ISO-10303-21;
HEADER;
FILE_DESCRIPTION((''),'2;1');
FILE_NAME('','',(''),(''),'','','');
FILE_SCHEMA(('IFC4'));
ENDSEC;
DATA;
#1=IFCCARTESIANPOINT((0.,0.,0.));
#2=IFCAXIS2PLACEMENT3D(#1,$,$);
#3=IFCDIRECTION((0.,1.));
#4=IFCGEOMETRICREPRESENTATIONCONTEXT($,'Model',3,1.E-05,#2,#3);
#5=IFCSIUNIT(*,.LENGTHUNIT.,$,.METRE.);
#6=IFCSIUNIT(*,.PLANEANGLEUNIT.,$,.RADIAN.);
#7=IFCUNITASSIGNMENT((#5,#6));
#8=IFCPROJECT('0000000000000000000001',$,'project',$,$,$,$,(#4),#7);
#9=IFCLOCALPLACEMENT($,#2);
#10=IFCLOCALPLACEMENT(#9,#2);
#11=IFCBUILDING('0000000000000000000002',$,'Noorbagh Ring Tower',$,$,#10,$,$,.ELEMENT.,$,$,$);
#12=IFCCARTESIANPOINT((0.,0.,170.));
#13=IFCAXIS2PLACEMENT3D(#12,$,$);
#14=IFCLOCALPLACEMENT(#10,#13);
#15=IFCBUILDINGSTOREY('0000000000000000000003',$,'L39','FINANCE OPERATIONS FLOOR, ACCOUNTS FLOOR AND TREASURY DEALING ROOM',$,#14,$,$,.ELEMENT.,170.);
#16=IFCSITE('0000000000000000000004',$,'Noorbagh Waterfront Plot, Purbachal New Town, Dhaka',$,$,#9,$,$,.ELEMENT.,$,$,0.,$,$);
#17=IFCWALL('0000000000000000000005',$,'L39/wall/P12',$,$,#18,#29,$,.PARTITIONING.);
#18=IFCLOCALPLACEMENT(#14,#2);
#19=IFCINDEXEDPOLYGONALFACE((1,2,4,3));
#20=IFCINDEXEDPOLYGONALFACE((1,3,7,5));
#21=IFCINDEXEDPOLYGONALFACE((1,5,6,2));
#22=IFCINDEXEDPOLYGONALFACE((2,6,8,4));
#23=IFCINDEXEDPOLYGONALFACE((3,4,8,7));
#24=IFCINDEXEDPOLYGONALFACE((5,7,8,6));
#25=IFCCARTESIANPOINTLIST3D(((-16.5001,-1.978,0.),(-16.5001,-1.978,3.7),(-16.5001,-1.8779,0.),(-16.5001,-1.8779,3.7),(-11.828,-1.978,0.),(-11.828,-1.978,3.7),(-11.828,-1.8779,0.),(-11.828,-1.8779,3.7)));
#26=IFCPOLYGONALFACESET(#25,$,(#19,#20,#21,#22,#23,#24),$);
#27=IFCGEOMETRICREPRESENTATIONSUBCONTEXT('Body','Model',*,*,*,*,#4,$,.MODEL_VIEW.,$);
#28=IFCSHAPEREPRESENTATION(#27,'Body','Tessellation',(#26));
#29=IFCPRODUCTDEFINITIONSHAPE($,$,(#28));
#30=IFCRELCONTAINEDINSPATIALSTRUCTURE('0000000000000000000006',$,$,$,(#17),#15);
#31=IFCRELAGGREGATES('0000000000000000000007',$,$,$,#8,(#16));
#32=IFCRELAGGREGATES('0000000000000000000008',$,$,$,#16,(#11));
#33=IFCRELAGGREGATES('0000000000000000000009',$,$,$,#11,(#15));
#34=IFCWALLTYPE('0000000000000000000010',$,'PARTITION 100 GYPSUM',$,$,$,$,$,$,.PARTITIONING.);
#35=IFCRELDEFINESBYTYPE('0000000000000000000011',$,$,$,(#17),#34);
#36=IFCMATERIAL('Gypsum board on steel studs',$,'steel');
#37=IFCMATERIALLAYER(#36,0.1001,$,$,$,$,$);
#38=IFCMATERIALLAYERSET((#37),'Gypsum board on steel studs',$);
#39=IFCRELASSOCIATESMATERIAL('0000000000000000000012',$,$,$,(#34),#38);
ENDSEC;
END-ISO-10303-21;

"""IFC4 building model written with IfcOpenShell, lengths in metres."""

from ifc_helpers import new_model, si_unit, direction, frame, frame_2d, origin, place, context, subcontext, project, spatial, rectangle, extrude, material, layer, layer_set, type_object, element, save


model = new_model("IFC4")

# Units and contexts
model_context = context("Model", 3, precision=1e-05, world=origin(), true_north=direction((0.0, 1.0)))
body_context = subcontext(model_context, "Body", "Model", "MODEL_VIEW")
ifc_project = project(units=[si_unit("LENGTHUNIT", "METRE"), si_unit("PLANEANGLEUNIT", "RADIAN")], contexts=[model_context])

# Site, building, storey
site_placement = place(None, origin())
site = spatial("IfcSite", under=ifc_project, at=site_placement, Name="Noorbagh Waterfront Plot, Purbachal New Town, Dhaka", CompositionType="ELEMENT", RefElevation=0.0)
building_placement = place(site_placement, origin())
building = spatial("IfcBuilding", under=site, at=building_placement, Name="Noorbagh Ring Tower", CompositionType="ELEMENT")
storey_placement = place(building_placement, frame((0.0, 0.0, 170.0)))
storey = spatial("IfcBuildingStorey", under=building, at=storey_placement, Name="L39", Description="FINANCE OPERATIONS FLOOR, ACCOUNTS FLOOR AND TREASURY DEALING ROOM", CompositionType="ELEMENT", Elevation=170.0)

# Wall
ifc_material_1 = material(Name="Gypsum board on steel studs", Category="steel")
ifc_layer_1 = layer(ifc_material_1, 0.1001)
ifc_layer_set_1 = layer_set([ifc_layer_1], Name="Gypsum board on steel studs")
wall_type_1 = type_object("IfcWallType", Name="PARTITION 100 GYPSUM", PredefinedType="PARTITIONING", material=ifc_layer_set_1)
wall_1_placement = place(storey_placement, frame((-16.5, -1.928, 0.0), z_axis=(0.0, 0.0, 1.0), x_axis=(1.0, 0.0, 0.0)))
element("IfcWall", 1, at=wall_1_placement, inside=storey, type_object=wall_type_1, Name="L39/wall/P12", PredefinedType="PARTITIONING", context=body_context, shape_type="SweptSolid", body=[
    extrude(rectangle(XDim=4.6721, YDim=0.1001, at=frame_2d((2.3359, 0.0))), origin(), (0.0, 0.0, 1.0), 3.7),
])

save(model, "model.ifc")
